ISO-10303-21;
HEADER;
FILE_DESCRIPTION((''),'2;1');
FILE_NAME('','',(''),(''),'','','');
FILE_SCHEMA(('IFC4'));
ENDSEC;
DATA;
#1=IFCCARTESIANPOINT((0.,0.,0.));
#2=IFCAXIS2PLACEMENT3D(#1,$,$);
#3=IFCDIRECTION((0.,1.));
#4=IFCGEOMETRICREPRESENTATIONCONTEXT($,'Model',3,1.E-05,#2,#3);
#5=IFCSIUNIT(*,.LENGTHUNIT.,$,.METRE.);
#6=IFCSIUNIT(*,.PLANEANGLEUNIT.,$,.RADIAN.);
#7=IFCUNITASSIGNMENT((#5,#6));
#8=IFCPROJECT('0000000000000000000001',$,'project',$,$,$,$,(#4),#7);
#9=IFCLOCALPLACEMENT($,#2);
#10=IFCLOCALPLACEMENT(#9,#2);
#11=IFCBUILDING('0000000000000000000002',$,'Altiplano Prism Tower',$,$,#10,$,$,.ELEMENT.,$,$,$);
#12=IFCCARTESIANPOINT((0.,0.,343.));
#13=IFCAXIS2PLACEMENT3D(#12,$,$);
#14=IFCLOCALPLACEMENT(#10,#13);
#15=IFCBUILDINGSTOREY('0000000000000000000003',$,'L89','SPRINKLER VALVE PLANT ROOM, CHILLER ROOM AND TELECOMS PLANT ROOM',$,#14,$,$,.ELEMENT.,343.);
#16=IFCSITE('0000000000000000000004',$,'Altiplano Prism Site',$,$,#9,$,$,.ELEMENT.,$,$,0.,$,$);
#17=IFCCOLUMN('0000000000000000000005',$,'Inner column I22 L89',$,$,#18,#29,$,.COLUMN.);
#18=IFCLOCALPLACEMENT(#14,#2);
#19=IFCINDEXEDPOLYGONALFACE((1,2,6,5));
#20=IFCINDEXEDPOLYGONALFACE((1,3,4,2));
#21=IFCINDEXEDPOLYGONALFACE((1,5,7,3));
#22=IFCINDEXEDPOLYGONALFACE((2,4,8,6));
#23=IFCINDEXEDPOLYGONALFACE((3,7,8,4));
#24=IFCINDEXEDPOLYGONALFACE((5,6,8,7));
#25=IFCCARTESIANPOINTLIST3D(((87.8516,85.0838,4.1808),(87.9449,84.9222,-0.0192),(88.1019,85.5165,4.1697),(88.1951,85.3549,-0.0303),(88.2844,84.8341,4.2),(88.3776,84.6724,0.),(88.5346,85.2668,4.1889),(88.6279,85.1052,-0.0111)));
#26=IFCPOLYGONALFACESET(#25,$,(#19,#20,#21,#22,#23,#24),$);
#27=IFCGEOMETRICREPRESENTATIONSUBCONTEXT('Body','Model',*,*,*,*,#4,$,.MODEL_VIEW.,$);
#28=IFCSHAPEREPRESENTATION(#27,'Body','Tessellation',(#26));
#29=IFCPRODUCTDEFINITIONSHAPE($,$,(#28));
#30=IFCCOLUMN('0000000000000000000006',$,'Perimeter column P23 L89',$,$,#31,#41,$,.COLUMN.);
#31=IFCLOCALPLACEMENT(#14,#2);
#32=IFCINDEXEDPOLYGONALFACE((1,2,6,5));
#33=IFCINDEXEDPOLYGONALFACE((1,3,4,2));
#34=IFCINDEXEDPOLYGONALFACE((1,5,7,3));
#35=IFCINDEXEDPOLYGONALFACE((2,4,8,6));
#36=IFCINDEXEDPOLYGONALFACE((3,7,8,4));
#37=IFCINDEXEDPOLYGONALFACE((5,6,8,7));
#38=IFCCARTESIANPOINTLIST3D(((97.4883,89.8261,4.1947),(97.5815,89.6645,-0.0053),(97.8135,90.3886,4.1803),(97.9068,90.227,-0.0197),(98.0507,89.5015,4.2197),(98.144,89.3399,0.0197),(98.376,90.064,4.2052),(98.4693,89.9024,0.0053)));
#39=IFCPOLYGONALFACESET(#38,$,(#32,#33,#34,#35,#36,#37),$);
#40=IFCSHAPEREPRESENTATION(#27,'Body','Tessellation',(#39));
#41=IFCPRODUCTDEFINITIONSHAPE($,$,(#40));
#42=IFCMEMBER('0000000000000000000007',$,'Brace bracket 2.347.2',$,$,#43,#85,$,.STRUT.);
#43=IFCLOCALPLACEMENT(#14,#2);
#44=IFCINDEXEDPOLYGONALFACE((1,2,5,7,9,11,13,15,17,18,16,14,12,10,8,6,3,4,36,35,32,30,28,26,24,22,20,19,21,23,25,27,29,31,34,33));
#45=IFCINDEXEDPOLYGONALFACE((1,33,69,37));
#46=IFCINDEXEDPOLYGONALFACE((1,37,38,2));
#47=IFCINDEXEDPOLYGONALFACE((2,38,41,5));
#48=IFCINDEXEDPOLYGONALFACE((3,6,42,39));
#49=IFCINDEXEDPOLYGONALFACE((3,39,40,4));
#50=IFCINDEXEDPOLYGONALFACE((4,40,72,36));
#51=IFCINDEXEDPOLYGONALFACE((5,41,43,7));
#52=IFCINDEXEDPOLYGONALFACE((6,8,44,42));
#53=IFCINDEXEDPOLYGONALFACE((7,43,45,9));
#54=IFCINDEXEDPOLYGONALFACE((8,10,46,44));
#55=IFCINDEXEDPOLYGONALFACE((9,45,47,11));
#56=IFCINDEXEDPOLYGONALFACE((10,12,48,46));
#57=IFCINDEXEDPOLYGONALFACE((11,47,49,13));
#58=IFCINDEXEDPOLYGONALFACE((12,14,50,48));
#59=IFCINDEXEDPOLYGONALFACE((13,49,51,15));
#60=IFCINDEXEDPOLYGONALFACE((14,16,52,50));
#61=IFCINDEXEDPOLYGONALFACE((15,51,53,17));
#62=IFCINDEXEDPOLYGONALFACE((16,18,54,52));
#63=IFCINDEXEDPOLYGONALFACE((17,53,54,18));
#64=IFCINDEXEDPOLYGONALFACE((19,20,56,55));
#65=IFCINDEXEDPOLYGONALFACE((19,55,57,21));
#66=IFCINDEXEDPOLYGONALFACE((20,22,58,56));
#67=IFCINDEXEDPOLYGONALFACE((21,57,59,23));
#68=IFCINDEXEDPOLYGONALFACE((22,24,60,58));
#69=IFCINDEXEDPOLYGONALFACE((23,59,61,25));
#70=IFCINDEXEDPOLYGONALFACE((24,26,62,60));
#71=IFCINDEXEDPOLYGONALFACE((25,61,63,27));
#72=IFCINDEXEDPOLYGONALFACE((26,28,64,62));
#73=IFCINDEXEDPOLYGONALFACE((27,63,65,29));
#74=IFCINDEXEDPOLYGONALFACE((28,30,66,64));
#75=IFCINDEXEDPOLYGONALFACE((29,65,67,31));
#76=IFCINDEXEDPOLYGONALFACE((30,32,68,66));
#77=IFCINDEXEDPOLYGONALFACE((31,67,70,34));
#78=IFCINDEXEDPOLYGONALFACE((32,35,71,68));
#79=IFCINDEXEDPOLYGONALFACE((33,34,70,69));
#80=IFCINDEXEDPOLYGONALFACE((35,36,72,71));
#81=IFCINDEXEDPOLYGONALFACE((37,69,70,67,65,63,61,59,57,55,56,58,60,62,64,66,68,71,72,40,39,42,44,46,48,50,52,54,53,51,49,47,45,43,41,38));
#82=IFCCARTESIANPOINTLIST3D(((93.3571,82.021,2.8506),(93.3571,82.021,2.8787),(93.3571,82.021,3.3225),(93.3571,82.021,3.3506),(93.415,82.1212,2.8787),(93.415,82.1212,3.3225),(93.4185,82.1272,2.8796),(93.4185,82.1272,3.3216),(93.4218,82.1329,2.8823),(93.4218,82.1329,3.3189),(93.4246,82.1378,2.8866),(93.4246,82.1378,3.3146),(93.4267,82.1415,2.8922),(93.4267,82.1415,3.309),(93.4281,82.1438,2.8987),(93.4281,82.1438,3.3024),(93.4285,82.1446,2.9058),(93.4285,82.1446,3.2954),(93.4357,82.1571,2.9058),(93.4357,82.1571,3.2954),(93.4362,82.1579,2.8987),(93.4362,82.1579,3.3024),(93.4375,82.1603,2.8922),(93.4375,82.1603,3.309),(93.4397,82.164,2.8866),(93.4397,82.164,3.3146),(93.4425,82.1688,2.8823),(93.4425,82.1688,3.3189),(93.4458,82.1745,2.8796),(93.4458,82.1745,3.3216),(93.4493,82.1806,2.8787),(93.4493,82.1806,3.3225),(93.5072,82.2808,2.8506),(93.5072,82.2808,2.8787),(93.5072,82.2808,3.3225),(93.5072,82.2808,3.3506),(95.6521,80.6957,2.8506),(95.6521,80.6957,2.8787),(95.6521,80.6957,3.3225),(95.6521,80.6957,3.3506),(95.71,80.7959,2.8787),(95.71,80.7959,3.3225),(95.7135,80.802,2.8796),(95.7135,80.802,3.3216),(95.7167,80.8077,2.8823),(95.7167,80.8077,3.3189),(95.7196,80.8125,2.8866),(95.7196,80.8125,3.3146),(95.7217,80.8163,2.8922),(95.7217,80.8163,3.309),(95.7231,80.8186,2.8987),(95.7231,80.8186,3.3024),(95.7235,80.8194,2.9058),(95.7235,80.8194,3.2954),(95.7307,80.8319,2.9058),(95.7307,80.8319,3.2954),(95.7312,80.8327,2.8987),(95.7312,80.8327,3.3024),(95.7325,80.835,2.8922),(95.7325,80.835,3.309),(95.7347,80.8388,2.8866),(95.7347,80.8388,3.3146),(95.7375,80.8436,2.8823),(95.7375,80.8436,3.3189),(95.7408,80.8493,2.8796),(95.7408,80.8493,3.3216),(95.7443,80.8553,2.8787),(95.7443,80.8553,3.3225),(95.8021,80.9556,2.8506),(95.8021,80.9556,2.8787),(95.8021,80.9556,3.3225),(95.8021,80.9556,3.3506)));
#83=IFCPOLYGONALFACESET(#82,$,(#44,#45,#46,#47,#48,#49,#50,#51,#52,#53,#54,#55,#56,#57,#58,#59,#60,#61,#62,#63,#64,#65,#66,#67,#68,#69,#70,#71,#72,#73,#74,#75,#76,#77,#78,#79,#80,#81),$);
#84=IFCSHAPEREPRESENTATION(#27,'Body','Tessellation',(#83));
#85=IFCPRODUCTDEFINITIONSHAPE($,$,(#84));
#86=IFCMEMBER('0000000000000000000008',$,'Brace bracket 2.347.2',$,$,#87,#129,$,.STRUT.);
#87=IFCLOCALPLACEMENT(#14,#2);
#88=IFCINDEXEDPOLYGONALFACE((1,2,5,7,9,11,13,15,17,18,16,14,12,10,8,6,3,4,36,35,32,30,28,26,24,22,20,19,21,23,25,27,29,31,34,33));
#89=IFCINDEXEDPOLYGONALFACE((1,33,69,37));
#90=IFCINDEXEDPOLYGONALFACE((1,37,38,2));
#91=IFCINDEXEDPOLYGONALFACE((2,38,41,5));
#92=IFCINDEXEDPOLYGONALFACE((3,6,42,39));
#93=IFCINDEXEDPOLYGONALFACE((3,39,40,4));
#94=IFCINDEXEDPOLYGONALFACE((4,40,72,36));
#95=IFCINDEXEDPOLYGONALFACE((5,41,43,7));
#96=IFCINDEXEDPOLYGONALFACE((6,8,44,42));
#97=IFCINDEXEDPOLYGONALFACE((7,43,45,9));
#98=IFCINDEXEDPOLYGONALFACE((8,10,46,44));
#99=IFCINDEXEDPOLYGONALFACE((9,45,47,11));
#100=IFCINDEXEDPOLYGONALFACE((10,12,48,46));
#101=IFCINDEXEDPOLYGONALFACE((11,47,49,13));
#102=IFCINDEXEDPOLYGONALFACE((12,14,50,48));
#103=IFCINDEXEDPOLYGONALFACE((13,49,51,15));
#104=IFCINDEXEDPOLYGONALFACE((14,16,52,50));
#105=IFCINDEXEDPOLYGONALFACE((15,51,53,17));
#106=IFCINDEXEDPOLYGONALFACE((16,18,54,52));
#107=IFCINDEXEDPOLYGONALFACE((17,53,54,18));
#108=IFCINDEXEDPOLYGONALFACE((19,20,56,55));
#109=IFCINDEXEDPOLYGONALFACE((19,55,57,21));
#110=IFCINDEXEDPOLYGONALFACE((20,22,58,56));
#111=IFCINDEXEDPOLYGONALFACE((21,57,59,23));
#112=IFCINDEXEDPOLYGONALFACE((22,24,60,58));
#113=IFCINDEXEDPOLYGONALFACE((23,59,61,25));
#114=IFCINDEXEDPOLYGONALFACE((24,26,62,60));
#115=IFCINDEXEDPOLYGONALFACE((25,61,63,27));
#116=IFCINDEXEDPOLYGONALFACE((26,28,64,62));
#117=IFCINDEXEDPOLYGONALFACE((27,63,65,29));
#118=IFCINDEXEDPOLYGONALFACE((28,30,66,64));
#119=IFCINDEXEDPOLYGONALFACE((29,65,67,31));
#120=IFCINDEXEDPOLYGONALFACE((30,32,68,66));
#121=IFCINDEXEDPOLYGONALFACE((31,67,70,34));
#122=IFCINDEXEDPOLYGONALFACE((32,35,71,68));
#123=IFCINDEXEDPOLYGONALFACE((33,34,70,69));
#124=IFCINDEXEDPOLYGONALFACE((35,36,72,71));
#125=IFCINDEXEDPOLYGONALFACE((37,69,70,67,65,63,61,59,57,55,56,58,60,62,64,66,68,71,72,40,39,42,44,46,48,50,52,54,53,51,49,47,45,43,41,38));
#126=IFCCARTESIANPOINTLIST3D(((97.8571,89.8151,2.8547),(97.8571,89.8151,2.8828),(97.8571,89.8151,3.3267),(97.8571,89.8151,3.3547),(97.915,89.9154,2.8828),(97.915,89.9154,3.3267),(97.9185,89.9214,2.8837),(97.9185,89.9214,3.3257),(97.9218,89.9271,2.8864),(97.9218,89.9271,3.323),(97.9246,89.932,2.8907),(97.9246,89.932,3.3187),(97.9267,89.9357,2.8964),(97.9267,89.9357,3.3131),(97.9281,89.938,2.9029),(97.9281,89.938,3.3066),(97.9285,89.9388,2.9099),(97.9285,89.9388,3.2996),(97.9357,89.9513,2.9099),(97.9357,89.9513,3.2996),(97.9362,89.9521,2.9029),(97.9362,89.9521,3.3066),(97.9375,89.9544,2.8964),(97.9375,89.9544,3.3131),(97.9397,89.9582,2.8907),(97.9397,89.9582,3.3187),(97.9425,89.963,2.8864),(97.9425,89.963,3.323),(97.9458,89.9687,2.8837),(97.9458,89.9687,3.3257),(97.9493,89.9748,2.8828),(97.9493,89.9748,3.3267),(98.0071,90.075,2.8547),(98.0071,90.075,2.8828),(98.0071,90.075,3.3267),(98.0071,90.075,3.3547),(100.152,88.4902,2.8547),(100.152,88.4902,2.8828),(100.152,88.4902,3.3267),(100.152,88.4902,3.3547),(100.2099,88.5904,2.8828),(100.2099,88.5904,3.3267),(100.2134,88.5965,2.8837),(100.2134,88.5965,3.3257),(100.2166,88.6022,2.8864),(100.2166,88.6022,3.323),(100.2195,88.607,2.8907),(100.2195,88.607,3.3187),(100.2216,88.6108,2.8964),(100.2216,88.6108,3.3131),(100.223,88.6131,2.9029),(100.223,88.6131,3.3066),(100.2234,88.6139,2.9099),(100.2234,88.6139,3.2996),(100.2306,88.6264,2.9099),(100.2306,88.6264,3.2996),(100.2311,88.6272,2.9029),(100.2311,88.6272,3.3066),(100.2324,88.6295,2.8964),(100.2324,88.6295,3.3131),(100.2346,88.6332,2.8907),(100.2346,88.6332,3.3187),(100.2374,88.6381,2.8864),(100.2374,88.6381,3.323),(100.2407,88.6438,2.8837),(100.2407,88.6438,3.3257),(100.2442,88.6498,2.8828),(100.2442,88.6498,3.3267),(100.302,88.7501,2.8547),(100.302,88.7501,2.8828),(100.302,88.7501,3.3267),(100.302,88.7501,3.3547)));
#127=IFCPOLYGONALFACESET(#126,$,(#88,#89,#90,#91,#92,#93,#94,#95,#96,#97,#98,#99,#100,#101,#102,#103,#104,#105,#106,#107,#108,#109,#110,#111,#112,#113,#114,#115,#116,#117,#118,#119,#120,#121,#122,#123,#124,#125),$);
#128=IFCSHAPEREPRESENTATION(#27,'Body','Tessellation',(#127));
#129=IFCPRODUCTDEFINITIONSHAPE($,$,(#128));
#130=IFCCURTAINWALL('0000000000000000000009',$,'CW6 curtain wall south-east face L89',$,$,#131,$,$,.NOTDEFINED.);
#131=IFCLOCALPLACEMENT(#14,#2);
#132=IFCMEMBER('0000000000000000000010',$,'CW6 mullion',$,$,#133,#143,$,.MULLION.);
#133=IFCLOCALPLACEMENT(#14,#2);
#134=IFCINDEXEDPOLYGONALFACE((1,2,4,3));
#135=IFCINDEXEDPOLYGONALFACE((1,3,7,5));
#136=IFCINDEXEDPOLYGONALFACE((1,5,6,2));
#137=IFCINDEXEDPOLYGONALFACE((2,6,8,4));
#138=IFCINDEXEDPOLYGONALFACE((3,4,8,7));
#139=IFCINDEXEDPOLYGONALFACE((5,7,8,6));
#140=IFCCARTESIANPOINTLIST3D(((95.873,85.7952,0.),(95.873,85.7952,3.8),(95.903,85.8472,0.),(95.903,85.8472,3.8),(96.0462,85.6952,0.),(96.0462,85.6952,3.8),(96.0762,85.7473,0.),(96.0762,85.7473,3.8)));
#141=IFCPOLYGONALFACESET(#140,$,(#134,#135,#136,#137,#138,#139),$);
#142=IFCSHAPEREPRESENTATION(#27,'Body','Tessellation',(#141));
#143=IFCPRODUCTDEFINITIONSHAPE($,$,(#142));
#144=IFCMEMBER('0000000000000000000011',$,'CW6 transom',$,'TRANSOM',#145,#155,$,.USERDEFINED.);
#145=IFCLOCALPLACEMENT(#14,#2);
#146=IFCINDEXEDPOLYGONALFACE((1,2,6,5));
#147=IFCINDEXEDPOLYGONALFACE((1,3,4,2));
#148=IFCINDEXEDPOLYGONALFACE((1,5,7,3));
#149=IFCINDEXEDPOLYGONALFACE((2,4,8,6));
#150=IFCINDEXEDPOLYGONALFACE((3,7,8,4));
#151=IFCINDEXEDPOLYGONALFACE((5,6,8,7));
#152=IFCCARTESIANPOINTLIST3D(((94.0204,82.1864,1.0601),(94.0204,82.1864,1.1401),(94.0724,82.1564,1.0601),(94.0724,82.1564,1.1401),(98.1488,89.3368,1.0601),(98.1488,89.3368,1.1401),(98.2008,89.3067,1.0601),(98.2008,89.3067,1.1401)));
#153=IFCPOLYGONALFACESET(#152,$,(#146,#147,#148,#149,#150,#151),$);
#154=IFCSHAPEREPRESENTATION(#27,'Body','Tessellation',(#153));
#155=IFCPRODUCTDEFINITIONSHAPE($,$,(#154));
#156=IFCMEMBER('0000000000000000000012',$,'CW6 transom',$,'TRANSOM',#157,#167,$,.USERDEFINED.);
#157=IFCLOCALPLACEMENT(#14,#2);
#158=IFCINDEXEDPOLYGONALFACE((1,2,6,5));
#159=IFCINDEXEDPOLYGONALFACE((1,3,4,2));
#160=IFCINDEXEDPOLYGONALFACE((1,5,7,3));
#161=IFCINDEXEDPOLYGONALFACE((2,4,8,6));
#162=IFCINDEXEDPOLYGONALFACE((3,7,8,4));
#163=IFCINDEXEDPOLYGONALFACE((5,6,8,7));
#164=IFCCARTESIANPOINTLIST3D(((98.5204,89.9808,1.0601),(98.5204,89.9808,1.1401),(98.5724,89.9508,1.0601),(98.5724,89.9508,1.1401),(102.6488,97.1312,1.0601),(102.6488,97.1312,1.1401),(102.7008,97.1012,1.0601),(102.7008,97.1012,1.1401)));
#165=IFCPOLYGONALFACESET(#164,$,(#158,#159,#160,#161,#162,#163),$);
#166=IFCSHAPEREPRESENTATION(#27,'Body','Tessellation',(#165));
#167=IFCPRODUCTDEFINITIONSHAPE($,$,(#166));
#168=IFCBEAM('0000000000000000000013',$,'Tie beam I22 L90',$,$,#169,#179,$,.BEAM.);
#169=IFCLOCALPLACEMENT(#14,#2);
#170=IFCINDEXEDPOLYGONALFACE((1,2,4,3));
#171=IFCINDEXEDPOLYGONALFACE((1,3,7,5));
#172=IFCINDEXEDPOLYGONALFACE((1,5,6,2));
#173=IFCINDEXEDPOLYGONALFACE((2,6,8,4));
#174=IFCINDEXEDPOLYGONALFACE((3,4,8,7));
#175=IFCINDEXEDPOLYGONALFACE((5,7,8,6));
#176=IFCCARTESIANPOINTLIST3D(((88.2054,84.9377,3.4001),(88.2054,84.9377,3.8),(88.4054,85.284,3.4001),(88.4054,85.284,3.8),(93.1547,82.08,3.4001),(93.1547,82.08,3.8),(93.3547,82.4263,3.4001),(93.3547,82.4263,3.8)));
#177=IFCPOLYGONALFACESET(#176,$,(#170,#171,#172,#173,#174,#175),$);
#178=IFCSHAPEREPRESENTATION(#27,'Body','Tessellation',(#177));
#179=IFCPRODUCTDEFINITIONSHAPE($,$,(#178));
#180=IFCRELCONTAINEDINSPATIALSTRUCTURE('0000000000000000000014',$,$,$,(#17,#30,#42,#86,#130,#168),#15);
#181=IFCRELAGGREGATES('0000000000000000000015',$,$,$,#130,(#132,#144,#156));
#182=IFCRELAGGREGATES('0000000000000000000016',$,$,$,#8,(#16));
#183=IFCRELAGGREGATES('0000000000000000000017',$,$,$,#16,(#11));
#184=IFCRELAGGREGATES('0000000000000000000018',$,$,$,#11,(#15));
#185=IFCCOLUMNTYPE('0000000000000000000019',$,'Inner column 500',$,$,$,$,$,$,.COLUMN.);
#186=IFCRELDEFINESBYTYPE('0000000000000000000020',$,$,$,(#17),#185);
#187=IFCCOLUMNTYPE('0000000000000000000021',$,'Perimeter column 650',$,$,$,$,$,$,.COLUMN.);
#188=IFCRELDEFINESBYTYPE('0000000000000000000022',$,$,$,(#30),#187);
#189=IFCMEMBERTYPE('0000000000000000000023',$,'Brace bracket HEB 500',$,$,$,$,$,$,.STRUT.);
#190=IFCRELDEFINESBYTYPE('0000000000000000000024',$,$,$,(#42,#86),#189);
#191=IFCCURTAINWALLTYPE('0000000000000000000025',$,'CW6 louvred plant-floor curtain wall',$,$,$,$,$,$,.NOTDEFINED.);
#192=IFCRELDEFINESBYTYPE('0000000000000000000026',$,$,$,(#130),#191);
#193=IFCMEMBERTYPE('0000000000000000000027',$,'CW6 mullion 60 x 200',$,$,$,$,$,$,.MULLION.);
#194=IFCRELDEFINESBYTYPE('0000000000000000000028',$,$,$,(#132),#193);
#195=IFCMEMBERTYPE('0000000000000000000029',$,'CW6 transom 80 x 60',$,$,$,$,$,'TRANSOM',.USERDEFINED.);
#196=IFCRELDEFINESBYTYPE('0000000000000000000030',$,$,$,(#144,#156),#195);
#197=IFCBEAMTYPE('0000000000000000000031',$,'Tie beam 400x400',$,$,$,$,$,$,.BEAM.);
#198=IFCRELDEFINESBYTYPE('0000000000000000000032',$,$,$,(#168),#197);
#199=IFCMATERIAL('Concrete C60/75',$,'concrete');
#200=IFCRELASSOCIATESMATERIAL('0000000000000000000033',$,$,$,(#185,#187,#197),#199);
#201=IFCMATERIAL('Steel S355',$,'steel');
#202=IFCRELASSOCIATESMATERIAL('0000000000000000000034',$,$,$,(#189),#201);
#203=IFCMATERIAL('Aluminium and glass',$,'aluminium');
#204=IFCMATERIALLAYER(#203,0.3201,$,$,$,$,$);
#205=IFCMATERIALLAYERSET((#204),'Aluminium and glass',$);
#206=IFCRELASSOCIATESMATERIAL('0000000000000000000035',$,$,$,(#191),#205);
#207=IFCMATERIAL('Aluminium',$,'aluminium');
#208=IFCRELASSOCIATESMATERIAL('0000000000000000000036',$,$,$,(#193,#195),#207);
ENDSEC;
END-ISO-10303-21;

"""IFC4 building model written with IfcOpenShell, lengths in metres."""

from ifc_helpers import new_model, si_unit, direction, frame, origin, origin_2d, place, context, subcontext, project, spatial, rectangle, i_section, extrude, material, layer, layer_set, material_profile, profile_set, type_object, element, aggregate, save


model = new_model("IFC4")

# Units and contexts
model_context = context("Model", 3, precision=1e-05, world=origin(), true_north=direction((0.0, 1.0)))
body_context = subcontext(model_context, "Body", "Model", "MODEL_VIEW")
ifc_project = project(units=[si_unit("LENGTHUNIT", "METRE"), si_unit("PLANEANGLEUNIT", "RADIAN")], contexts=[model_context])

# Site, building, storey
site_placement = place(None, origin())
site = spatial("IfcSite", under=ifc_project, at=site_placement, Name="Altiplano Prism Site", CompositionType="ELEMENT", RefElevation=0.0)
building_placement = place(site_placement, origin())
building = spatial("IfcBuilding", under=site, at=building_placement, Name="Altiplano Prism Tower", CompositionType="ELEMENT")
storey_placement = place(building_placement, frame((0.0, 0.0, 343.0)))
storey = spatial("IfcBuildingStorey", under=building, at=storey_placement, Name="L89", Description="SPRINKLER VALVE PLANT ROOM, CHILLER ROOM AND TELECOMS PLANT ROOM", CompositionType="ELEMENT", Elevation=343.0)

# Columns
ifc_material_1 = material(Name="Concrete C60/75", Category="concrete")
ifc_material_profile_1 = material_profile(ifc_material_1, rectangle(XDim=0.5, YDim=0.5, at=origin_2d()), Name="Inner column 500")
ifc_profile_set_1 = profile_set([ifc_material_profile_1], Name="Concrete C60/75")
column_type_1 = type_object("IfcColumnType", Name="Inner column 500", PredefinedType="COLUMN", material=ifc_profile_set_1)
column_1_placement = place(storey_placement, frame((88.2864, 85.0137, -0.0151), z_axis=(-0.022184, 0.038444, 0.999014), x_axis=(-0.500449, -0.865481, 0.022192)))
element("IfcColumn", 1, at=column_1_placement, inside=storey, type_object=column_type_1, Name="Inner column I22 L89", PredefinedType="COLUMN", context=body_context, shape_type="SweptSolid", body=[
    extrude(rectangle(XDim=0.5, YDim=0.5, at=origin_2d()), origin(), (0.0, 0.0, 1.0), 4.2041),
])
ifc_material_profile_2 = material_profile(ifc_material_1, rectangle(XDim=0.6499, YDim=0.6499, at=origin_2d()), Name="Perimeter column 650")
ifc_profile_set_2 = profile_set([ifc_material_profile_2], Name="Concrete C60/75")
column_type_2 = type_object("IfcColumnType", Name="Perimeter column 650", PredefinedType="COLUMN", material=ifc_profile_set_2)
column_2_placement = place(storey_placement, frame((98.0254, 89.7834, 0.0), z_axis=(-0.022184, 0.038444, 0.999014), x_axis=(-0.500448, -0.865482, 0.022193)))
element("IfcColumn", 2, at=column_2_placement, inside=storey, type_object=column_type_2, Name="Perimeter column P23 L89", PredefinedType="COLUMN", context=body_context, shape_type="SweptSolid", body=[
    extrude(rectangle(XDim=0.6499, YDim=0.6499, at=origin_2d()), origin(), (0.0, 0.0, 1.0), 4.2041),
])

# Members
ifc_material_2 = material(Name="Steel S355", Category="steel")
ifc_material_profile_3 = material_profile(ifc_material_2, i_section(OverallWidth=0.3, OverallDepth=0.5, WebThickness=0.0144, FlangeThickness=0.0281, FilletRadius=0.0271, at=origin_2d()), Name="Brace bracket HEB 500")
ifc_profile_set_3 = profile_set([ifc_material_profile_3], Name="Steel S355")
member_type_1 = type_object("IfcMemberType", Name="Brace bracket HEB 500", PredefinedType="STRUT", material=ifc_profile_set_3)
member_1_placement = place(storey_placement, frame((93.4321, 82.1509, 3.1006), z_axis=(0.865989, -0.500063, 0.0), x_axis=(0.500063, 0.865989, 0.0)))
element("IfcMember", 3, at=member_1_placement, inside=storey, type_object=member_type_1, Name="Brace bracket 2.347.2", PredefinedType="STRUT", context=body_context, shape_type="SweptSolid", body=[
    extrude(i_section(OverallWidth=0.3, OverallDepth=0.5, WebThickness=0.0144, FlangeThickness=0.0281, FilletRadius=0.0271, at=origin_2d()), origin(), (0.0, 0.0, 1.0), 2.6501),
])
member_2_placement = place(storey_placement, frame((97.9321, 89.9451, 3.1047), z_axis=(0.866029, -0.499994, 0.0), x_axis=(0.499994, 0.866029, 0.0)))
element("IfcMember", 4, at=member_2_placement, inside=storey, type_object=member_type_1, Name="Brace bracket 2.347.2", PredefinedType="STRUT", context=body_context, shape_type="SweptSolid", body=[
    extrude(i_section(OverallWidth=0.3, OverallDepth=0.5, WebThickness=0.0144, FlangeThickness=0.0281, FilletRadius=0.0271, at=origin_2d()), origin(), (0.0, 0.0, 1.0), 2.6499),
])

# Curtain wall, members
ifc_material_3 = material(Name="Aluminium and glass", Category="aluminium")
ifc_layer_1 = layer(ifc_material_3, 0.3201)
ifc_layer_set_1 = layer_set([ifc_layer_1], Name="Aluminium and glass")
curtain_wall_type = type_object("IfcCurtainWallType", Name="CW6 louvred plant-floor curtain wall", PredefinedType="NOTDEFINED", material=ifc_layer_set_1)
curtain_wall_placement = place(storey_placement, origin())
curtain_wall = element("IfcCurtainWall", 5, at=curtain_wall_placement, inside=storey, type_object=curtain_wall_type, Name="CW6 curtain wall south-east face L89", PredefinedType="NOTDEFINED")
ifc_material_4 = material(Name="Aluminium", Category="aluminium")
ifc_material_profile_4 = material_profile(ifc_material_4, rectangle(XDim=0.2, YDim=0.0601, at=origin_2d()), Name="CW6 mullion 60 x 200")
ifc_profile_set_4 = profile_set([ifc_material_profile_4], Name="Aluminium")
member_type_2 = type_object("IfcMemberType", Name="CW6 mullion 60 x 200", PredefinedType="MULLION", material=ifc_profile_set_4)
member_3_placement = place(storey_placement, frame((95.9746, 85.7712, 0.0), z_axis=(0.0, 0.0, 1.0), x_axis=(-0.866025, 0.5, 0.0)))
member_3 = element("IfcMember", 6, at=member_3_placement, type_object=member_type_2, Name="CW6 mullion", PredefinedType="MULLION", context=body_context, shape_type="SweptSolid", body=[
    extrude(rectangle(XDim=0.2, YDim=0.0601, at=origin_2d()), origin(), (0.0, 0.0, 1.0), 3.8),
])
ifc_material_profile_5 = material_profile(ifc_material_4, rectangle(XDim=0.0601, YDim=0.0801, at=origin_2d()), Name="CW6 transom 80 x 60")
ifc_profile_set_5 = profile_set([ifc_material_profile_5], Name="Aluminium")
member_type_3 = type_object("IfcMemberType", Name="CW6 transom 80 x 60", ElementType="TRANSOM", PredefinedType="USERDEFINED", material=ifc_profile_set_5)
member_4_placement = place(storey_placement, frame((94.0464, 82.1714, 1.1001), z_axis=(0.500013, 0.866018, 0.0), x_axis=(-0.866018, 0.500013, 0.0)))
member_4 = element("IfcMember", 7, at=member_4_placement, type_object=member_type_3, Name="CW6 transom", ObjectType="TRANSOM", PredefinedType="USERDEFINED", context=body_context, shape_type="SweptSolid", body=[
    extrude(rectangle(XDim=0.0601, YDim=0.0801, at=origin_2d()), origin(), (0.0, 0.0, 1.0), 8.2566),
])
member_5_placement = place(storey_placement, frame((98.5464, 89.9658, 1.1001), z_axis=(0.500013, 0.866018, 0.0), x_axis=(-0.866018, 0.500013, 0.0)))
member_5 = element("IfcMember", 8, at=member_5_placement, type_object=member_type_3, Name="CW6 transom", ObjectType="TRANSOM", PredefinedType="USERDEFINED", context=body_context, shape_type="SweptSolid", body=[
    extrude(rectangle(XDim=0.0601, YDim=0.0801, at=origin_2d()), origin(), (0.0, 0.0, 1.0), 8.2566),
])

# Beam
ifc_material_profile_6 = material_profile(ifc_material_1, rectangle(XDim=0.3999, YDim=0.3999, at=origin_2d()), Name="Tie beam 400x400")
ifc_profile_set_6 = profile_set([ifc_material_profile_6], Name="Concrete C60/75")
beam_type = type_object("IfcBeamType", Name="Tie beam 400x400", PredefinedType="BEAM", material=ifc_profile_set_6)
beam_placement = place(storey_placement, frame((88.3054, 85.1108, 3.6001), z_axis=(0.866008, -0.500031, 0.0), x_axis=(0.500031, 0.866008, 0.0)))
element("IfcBeam", 9, at=beam_placement, inside=storey, type_object=beam_type, Name="Tie beam I22 L90", PredefinedType="BEAM", context=body_context, shape_type="SweptSolid", body=[
    extrude(rectangle(XDim=0.3999, YDim=0.3999, at=origin_2d()), origin(), (0.0, 0.0, 1.0), 5.7151),
])

aggregate(curtain_wall, [member_3, member_4, member_5])

save(model, "model.ifc")
